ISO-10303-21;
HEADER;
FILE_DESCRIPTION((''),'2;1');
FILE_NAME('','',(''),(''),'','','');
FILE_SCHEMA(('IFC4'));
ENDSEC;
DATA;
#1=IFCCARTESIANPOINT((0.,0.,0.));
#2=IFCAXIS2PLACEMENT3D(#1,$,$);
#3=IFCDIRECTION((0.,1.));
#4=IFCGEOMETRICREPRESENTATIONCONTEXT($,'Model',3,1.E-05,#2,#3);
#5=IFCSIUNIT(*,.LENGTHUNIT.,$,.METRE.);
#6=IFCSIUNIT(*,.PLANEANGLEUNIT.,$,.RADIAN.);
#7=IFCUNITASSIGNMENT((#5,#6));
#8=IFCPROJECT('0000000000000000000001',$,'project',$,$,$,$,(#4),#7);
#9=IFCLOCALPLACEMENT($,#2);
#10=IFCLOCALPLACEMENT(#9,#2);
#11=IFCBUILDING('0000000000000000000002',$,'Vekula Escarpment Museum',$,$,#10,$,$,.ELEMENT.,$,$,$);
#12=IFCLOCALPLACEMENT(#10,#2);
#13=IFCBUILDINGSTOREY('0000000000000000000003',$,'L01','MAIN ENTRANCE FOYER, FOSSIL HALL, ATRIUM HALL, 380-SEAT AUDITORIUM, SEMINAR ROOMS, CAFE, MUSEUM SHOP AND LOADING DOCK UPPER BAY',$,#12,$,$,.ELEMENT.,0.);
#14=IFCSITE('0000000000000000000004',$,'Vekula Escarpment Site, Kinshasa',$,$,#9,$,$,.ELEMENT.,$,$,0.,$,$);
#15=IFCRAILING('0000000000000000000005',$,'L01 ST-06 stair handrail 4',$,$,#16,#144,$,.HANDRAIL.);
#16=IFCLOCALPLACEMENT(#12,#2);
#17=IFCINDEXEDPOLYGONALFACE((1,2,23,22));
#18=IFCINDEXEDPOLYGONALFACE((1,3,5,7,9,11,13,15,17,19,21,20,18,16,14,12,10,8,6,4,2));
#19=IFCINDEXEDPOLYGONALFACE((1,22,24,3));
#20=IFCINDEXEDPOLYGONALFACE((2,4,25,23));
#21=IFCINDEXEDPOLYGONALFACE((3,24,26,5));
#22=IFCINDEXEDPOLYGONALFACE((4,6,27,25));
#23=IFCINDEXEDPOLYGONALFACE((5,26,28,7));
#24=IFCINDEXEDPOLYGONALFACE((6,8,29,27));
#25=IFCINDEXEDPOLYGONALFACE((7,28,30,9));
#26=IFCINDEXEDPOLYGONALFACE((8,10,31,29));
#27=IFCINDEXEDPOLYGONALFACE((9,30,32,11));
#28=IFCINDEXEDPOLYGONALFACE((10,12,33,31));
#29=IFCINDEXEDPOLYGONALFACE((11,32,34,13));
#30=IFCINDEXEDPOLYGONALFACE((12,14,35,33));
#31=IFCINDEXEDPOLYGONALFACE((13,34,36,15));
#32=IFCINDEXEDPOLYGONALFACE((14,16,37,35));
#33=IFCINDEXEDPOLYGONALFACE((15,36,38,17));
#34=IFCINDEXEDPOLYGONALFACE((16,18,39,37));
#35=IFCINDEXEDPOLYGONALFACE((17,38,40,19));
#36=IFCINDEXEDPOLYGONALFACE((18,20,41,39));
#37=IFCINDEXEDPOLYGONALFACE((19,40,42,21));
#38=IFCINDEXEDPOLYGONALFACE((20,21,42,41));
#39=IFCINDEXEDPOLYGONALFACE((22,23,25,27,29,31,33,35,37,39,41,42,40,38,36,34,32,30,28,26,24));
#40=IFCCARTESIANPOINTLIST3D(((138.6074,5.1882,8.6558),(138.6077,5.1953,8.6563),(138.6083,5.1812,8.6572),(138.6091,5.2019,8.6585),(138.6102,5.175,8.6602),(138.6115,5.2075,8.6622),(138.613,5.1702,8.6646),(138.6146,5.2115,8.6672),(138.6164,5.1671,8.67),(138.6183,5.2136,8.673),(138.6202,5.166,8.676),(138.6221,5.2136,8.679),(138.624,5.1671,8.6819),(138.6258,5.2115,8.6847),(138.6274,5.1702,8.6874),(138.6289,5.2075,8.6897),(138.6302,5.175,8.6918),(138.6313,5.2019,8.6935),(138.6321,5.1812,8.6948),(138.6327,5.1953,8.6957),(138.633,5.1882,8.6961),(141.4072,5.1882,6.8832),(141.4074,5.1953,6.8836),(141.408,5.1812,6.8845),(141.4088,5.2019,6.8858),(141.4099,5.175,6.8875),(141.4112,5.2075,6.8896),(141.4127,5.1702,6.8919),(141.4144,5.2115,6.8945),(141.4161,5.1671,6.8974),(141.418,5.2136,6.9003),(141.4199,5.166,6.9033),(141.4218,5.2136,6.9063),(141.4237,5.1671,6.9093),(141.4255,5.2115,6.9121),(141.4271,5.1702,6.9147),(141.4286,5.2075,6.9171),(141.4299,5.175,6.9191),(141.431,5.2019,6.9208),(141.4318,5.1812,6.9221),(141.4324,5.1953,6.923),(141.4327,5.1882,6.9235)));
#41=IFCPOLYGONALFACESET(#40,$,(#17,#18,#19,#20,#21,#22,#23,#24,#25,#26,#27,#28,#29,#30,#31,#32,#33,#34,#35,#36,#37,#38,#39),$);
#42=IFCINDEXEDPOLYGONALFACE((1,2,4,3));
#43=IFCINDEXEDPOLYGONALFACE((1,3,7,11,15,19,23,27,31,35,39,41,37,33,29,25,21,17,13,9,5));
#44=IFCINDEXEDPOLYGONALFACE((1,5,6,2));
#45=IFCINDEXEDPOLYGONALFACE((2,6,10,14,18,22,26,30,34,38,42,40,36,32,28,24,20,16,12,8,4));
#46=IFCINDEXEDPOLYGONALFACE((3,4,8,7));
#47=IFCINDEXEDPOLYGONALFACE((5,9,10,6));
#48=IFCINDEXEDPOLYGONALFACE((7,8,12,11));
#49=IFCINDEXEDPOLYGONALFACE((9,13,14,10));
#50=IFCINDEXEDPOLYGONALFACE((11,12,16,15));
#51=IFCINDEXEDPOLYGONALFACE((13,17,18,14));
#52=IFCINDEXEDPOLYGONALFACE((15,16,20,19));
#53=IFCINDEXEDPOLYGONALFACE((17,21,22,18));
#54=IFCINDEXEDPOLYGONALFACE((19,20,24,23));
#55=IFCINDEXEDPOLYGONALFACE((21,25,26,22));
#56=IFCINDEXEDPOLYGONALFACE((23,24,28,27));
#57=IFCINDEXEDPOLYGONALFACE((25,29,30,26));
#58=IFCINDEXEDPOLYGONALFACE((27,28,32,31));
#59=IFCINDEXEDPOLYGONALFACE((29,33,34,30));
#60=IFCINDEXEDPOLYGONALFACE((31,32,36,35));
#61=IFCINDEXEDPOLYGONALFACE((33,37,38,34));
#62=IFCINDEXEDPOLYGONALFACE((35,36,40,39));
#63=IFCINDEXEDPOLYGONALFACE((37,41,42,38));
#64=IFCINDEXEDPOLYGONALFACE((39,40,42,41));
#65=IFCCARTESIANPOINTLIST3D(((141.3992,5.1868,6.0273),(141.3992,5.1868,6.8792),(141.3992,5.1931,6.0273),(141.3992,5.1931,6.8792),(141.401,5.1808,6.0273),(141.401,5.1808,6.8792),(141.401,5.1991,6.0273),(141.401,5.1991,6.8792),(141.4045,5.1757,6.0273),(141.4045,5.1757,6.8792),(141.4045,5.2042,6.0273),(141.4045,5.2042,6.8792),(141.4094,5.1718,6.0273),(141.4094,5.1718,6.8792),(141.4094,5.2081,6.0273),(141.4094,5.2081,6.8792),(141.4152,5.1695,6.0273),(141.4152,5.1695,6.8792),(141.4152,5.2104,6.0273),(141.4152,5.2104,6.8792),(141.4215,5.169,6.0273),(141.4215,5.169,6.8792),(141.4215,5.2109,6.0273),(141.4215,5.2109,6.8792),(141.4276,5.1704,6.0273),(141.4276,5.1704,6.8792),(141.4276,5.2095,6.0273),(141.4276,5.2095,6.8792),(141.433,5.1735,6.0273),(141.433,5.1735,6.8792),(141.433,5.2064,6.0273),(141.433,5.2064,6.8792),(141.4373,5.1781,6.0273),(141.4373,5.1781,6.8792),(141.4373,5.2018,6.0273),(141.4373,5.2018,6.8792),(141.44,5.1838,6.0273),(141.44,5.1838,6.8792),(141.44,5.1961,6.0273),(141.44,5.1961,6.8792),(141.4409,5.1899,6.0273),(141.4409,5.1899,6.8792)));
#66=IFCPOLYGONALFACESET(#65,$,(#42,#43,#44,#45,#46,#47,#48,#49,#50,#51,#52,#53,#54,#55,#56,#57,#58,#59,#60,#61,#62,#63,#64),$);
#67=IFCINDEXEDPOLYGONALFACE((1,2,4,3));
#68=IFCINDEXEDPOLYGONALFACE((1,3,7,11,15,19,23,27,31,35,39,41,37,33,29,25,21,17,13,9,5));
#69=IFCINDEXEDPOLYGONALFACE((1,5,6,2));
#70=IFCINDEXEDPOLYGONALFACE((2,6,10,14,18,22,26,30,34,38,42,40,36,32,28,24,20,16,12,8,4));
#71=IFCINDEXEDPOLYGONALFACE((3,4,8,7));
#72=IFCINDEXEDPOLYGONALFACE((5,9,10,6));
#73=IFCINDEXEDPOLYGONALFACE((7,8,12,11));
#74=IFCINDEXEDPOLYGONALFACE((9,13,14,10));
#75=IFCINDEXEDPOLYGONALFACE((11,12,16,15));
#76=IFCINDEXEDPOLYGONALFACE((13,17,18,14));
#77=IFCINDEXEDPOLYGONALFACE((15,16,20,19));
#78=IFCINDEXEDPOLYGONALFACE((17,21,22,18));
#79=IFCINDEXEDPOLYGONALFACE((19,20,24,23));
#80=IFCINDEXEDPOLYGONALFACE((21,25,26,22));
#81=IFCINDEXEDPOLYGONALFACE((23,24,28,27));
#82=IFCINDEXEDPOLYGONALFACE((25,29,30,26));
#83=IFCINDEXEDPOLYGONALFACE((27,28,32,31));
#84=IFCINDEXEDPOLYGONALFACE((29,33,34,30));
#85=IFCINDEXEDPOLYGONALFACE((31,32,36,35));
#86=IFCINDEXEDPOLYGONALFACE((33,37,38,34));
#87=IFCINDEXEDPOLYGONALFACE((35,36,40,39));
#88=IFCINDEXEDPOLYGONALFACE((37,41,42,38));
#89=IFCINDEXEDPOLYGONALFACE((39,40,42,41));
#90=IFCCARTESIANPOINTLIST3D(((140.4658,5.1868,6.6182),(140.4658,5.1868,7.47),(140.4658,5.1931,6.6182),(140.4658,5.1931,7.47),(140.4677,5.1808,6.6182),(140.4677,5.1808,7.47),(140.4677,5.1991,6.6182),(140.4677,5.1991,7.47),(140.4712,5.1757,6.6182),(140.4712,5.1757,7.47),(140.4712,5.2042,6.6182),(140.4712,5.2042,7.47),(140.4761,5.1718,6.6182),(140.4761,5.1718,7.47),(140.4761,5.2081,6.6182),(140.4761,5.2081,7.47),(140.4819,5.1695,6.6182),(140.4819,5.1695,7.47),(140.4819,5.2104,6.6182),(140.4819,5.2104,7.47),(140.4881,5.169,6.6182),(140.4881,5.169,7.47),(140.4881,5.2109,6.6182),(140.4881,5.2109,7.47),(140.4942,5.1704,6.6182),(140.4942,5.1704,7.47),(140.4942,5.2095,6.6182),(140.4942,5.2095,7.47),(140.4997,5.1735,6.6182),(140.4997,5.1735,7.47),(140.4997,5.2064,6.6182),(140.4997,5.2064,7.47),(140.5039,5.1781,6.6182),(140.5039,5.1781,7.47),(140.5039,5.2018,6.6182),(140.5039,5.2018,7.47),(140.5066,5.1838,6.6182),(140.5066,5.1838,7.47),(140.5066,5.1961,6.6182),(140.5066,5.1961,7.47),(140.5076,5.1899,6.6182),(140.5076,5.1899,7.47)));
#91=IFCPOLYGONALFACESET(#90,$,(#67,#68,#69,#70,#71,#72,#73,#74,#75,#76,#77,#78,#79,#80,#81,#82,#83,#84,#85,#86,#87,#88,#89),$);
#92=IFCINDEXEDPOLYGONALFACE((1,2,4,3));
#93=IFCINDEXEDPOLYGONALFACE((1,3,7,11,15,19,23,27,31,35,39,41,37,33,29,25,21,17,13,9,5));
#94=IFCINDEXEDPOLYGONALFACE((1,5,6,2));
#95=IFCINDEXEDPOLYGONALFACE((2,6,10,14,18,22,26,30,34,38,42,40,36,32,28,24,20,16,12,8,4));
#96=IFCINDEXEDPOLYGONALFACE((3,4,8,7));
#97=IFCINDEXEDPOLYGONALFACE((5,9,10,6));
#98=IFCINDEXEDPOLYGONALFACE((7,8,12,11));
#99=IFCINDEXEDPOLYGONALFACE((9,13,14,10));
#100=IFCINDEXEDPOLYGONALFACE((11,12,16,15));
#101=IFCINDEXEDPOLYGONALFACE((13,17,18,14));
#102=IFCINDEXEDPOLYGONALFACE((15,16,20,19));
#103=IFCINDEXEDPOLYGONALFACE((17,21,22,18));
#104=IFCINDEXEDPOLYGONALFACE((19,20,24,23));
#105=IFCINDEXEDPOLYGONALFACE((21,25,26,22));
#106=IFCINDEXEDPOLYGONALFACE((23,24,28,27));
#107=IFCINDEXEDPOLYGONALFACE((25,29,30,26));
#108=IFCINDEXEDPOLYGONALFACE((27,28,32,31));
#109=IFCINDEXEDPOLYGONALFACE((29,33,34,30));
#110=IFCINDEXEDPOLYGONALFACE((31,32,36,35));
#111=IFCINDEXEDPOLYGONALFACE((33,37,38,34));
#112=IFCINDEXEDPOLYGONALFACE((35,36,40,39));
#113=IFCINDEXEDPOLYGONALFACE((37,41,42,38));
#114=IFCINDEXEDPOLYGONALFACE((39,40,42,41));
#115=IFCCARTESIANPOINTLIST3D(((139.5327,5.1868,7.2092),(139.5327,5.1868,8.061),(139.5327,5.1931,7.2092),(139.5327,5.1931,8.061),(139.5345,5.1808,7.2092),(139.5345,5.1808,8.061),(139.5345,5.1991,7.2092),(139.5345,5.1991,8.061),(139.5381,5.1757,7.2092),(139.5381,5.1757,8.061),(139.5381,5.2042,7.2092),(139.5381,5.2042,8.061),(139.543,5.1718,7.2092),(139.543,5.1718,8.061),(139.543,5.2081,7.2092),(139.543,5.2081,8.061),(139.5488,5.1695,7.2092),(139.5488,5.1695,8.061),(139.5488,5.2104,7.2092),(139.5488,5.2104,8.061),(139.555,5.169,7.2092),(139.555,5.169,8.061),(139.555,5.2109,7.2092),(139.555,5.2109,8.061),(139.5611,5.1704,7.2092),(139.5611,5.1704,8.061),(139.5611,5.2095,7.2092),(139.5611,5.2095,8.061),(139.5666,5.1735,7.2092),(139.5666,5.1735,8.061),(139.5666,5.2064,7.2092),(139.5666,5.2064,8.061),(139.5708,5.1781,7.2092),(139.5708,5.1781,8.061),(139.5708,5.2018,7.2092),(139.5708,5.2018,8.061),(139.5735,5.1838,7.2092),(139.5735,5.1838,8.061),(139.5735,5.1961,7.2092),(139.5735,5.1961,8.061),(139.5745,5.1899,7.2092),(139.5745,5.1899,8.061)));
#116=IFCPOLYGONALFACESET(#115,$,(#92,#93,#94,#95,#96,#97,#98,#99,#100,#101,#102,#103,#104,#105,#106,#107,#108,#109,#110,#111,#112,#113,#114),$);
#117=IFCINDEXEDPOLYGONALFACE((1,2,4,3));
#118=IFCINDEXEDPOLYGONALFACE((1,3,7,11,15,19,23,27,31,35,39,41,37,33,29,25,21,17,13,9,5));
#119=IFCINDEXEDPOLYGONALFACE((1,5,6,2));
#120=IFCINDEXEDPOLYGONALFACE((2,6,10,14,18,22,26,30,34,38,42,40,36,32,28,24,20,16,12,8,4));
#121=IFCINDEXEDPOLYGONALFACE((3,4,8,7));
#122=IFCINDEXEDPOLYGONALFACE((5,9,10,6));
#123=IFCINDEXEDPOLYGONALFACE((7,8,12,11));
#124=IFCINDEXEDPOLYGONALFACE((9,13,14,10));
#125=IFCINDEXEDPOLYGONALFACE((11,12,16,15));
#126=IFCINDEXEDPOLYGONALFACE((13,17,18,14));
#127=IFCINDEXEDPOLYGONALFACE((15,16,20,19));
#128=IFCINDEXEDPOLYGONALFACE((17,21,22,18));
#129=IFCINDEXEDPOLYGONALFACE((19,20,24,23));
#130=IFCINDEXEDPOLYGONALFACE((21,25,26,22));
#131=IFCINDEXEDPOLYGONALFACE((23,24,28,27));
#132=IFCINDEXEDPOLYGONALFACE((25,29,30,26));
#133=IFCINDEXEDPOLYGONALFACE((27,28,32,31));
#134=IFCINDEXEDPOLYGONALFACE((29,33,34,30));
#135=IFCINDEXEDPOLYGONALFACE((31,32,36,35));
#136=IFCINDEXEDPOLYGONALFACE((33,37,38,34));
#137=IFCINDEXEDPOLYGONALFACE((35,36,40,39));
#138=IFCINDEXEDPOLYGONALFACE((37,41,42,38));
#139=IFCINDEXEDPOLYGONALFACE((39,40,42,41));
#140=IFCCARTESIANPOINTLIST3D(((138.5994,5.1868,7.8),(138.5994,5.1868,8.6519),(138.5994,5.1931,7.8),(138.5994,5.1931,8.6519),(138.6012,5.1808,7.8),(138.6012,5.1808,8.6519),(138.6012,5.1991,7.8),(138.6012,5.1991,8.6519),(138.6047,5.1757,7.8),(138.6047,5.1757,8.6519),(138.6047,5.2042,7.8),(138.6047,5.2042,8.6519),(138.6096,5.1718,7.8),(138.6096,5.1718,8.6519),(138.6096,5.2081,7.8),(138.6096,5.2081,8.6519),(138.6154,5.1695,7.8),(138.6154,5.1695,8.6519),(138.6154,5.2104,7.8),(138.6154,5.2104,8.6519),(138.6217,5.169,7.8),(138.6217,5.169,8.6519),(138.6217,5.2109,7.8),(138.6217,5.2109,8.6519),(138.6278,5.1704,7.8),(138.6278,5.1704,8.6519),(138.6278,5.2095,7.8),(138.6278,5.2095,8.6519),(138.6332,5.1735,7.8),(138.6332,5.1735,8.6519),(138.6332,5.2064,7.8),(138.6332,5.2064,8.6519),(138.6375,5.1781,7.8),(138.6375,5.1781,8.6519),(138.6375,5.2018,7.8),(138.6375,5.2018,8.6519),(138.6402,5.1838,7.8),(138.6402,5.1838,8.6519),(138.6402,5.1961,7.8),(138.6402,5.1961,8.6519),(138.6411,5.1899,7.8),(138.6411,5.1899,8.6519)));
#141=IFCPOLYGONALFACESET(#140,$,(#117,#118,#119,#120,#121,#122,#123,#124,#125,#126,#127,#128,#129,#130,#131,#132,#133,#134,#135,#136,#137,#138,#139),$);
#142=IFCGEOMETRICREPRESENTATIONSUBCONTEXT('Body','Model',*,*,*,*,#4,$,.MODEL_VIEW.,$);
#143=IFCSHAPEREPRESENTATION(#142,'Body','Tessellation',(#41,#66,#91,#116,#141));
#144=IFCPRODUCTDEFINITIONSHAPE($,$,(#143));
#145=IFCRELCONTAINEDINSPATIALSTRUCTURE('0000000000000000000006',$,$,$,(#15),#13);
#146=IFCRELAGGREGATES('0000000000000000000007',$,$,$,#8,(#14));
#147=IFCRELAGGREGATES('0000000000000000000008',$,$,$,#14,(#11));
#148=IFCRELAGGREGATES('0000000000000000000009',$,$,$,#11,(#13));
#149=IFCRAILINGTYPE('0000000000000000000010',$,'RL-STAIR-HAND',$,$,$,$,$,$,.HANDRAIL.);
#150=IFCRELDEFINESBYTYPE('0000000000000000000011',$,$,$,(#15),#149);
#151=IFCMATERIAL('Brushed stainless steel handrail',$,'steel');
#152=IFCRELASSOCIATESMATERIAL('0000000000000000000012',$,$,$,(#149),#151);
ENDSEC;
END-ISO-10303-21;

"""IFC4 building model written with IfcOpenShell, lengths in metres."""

from ifc_helpers import new_model, si_unit, direction, frame, origin, origin_2d, place, context, subcontext, project, spatial, circle, extrude, material, type_object, element, save


model = new_model("IFC4")

# Units and contexts
model_context = context("Model", 3, precision=1e-05, world=origin(), true_north=direction((0.0, 1.0)))
body_context = subcontext(model_context, "Body", "Model", "MODEL_VIEW")
ifc_project = project(units=[si_unit("LENGTHUNIT", "METRE"), si_unit("PLANEANGLEUNIT", "RADIAN")], contexts=[model_context])

# Site, building, storey
site_placement = place(None, origin())
site = spatial("IfcSite", under=ifc_project, at=site_placement, Name="Vekula Escarpment Site, Kinshasa", CompositionType="ELEMENT", RefElevation=0.0)
building_placement = place(site_placement, origin())
building = spatial("IfcBuilding", under=site, at=building_placement, Name="Vekula Escarpment Museum", CompositionType="ELEMENT")
storey_placement = place(building_placement, origin())
storey = spatial("IfcBuildingStorey", under=building, at=storey_placement, Name="L01", Description="MAIN ENTRANCE FOYER, FOSSIL HALL, ATRIUM HALL, 380-SEAT AUDITORIUM, SEMINAR ROOMS, CAFE, MUSEUM SHOP AND LOADING DOCK UPPER BAY", CompositionType="ELEMENT", Elevation=0.0)

# Railing
ifc_material_1 = material(Name="Brushed stainless steel handrail", Category="steel")
railing_type_1 = type_object("IfcRailingType", Name="RL-STAIR-HAND", PredefinedType="HANDRAIL", material=ifc_material_1)
for number, where, name in (
    (1, (141.4199, 5.1899, 6.0273), "L01 ST-06 stair handrail 4"),
):
    element("IfcRailing", number, at=place(storey_placement, frame(where)), inside=storey, type_object=railing_type_1, Name=name, PredefinedType="HANDRAIL", context=body_context, shape_type="SweptSolid", body=[
        extrude(circle(Radius=0.0239, at=origin_2d()), frame((0.0, 0.0, 0.876), z_axis=(-0.844888, 0.0, 0.534943), x_axis=(0.0, -1.0, 0.0)), (0.0, 0.0, 1.0), 3.3137),
        extrude(circle(Radius=0.021, at=origin_2d()), origin(), (0.0, 0.0, 1.0), 0.8518),
        extrude(circle(Radius=0.021, at=origin_2d()), frame((-0.9333, 0.0, 0.5908)), (0.0, 0.0, 1.0), 0.8518),
        extrude(circle(Radius=0.021, at=origin_2d()), frame((-1.8665, 0.0, 1.1819)), (0.0, 0.0, 1.0), 0.8518),
        extrude(circle(Radius=0.021, at=origin_2d()), frame((-2.7998, 0.0, 1.7727)), (0.0, 0.0, 1.0), 0.8518),
    ])

save(model, "model.ifc")
